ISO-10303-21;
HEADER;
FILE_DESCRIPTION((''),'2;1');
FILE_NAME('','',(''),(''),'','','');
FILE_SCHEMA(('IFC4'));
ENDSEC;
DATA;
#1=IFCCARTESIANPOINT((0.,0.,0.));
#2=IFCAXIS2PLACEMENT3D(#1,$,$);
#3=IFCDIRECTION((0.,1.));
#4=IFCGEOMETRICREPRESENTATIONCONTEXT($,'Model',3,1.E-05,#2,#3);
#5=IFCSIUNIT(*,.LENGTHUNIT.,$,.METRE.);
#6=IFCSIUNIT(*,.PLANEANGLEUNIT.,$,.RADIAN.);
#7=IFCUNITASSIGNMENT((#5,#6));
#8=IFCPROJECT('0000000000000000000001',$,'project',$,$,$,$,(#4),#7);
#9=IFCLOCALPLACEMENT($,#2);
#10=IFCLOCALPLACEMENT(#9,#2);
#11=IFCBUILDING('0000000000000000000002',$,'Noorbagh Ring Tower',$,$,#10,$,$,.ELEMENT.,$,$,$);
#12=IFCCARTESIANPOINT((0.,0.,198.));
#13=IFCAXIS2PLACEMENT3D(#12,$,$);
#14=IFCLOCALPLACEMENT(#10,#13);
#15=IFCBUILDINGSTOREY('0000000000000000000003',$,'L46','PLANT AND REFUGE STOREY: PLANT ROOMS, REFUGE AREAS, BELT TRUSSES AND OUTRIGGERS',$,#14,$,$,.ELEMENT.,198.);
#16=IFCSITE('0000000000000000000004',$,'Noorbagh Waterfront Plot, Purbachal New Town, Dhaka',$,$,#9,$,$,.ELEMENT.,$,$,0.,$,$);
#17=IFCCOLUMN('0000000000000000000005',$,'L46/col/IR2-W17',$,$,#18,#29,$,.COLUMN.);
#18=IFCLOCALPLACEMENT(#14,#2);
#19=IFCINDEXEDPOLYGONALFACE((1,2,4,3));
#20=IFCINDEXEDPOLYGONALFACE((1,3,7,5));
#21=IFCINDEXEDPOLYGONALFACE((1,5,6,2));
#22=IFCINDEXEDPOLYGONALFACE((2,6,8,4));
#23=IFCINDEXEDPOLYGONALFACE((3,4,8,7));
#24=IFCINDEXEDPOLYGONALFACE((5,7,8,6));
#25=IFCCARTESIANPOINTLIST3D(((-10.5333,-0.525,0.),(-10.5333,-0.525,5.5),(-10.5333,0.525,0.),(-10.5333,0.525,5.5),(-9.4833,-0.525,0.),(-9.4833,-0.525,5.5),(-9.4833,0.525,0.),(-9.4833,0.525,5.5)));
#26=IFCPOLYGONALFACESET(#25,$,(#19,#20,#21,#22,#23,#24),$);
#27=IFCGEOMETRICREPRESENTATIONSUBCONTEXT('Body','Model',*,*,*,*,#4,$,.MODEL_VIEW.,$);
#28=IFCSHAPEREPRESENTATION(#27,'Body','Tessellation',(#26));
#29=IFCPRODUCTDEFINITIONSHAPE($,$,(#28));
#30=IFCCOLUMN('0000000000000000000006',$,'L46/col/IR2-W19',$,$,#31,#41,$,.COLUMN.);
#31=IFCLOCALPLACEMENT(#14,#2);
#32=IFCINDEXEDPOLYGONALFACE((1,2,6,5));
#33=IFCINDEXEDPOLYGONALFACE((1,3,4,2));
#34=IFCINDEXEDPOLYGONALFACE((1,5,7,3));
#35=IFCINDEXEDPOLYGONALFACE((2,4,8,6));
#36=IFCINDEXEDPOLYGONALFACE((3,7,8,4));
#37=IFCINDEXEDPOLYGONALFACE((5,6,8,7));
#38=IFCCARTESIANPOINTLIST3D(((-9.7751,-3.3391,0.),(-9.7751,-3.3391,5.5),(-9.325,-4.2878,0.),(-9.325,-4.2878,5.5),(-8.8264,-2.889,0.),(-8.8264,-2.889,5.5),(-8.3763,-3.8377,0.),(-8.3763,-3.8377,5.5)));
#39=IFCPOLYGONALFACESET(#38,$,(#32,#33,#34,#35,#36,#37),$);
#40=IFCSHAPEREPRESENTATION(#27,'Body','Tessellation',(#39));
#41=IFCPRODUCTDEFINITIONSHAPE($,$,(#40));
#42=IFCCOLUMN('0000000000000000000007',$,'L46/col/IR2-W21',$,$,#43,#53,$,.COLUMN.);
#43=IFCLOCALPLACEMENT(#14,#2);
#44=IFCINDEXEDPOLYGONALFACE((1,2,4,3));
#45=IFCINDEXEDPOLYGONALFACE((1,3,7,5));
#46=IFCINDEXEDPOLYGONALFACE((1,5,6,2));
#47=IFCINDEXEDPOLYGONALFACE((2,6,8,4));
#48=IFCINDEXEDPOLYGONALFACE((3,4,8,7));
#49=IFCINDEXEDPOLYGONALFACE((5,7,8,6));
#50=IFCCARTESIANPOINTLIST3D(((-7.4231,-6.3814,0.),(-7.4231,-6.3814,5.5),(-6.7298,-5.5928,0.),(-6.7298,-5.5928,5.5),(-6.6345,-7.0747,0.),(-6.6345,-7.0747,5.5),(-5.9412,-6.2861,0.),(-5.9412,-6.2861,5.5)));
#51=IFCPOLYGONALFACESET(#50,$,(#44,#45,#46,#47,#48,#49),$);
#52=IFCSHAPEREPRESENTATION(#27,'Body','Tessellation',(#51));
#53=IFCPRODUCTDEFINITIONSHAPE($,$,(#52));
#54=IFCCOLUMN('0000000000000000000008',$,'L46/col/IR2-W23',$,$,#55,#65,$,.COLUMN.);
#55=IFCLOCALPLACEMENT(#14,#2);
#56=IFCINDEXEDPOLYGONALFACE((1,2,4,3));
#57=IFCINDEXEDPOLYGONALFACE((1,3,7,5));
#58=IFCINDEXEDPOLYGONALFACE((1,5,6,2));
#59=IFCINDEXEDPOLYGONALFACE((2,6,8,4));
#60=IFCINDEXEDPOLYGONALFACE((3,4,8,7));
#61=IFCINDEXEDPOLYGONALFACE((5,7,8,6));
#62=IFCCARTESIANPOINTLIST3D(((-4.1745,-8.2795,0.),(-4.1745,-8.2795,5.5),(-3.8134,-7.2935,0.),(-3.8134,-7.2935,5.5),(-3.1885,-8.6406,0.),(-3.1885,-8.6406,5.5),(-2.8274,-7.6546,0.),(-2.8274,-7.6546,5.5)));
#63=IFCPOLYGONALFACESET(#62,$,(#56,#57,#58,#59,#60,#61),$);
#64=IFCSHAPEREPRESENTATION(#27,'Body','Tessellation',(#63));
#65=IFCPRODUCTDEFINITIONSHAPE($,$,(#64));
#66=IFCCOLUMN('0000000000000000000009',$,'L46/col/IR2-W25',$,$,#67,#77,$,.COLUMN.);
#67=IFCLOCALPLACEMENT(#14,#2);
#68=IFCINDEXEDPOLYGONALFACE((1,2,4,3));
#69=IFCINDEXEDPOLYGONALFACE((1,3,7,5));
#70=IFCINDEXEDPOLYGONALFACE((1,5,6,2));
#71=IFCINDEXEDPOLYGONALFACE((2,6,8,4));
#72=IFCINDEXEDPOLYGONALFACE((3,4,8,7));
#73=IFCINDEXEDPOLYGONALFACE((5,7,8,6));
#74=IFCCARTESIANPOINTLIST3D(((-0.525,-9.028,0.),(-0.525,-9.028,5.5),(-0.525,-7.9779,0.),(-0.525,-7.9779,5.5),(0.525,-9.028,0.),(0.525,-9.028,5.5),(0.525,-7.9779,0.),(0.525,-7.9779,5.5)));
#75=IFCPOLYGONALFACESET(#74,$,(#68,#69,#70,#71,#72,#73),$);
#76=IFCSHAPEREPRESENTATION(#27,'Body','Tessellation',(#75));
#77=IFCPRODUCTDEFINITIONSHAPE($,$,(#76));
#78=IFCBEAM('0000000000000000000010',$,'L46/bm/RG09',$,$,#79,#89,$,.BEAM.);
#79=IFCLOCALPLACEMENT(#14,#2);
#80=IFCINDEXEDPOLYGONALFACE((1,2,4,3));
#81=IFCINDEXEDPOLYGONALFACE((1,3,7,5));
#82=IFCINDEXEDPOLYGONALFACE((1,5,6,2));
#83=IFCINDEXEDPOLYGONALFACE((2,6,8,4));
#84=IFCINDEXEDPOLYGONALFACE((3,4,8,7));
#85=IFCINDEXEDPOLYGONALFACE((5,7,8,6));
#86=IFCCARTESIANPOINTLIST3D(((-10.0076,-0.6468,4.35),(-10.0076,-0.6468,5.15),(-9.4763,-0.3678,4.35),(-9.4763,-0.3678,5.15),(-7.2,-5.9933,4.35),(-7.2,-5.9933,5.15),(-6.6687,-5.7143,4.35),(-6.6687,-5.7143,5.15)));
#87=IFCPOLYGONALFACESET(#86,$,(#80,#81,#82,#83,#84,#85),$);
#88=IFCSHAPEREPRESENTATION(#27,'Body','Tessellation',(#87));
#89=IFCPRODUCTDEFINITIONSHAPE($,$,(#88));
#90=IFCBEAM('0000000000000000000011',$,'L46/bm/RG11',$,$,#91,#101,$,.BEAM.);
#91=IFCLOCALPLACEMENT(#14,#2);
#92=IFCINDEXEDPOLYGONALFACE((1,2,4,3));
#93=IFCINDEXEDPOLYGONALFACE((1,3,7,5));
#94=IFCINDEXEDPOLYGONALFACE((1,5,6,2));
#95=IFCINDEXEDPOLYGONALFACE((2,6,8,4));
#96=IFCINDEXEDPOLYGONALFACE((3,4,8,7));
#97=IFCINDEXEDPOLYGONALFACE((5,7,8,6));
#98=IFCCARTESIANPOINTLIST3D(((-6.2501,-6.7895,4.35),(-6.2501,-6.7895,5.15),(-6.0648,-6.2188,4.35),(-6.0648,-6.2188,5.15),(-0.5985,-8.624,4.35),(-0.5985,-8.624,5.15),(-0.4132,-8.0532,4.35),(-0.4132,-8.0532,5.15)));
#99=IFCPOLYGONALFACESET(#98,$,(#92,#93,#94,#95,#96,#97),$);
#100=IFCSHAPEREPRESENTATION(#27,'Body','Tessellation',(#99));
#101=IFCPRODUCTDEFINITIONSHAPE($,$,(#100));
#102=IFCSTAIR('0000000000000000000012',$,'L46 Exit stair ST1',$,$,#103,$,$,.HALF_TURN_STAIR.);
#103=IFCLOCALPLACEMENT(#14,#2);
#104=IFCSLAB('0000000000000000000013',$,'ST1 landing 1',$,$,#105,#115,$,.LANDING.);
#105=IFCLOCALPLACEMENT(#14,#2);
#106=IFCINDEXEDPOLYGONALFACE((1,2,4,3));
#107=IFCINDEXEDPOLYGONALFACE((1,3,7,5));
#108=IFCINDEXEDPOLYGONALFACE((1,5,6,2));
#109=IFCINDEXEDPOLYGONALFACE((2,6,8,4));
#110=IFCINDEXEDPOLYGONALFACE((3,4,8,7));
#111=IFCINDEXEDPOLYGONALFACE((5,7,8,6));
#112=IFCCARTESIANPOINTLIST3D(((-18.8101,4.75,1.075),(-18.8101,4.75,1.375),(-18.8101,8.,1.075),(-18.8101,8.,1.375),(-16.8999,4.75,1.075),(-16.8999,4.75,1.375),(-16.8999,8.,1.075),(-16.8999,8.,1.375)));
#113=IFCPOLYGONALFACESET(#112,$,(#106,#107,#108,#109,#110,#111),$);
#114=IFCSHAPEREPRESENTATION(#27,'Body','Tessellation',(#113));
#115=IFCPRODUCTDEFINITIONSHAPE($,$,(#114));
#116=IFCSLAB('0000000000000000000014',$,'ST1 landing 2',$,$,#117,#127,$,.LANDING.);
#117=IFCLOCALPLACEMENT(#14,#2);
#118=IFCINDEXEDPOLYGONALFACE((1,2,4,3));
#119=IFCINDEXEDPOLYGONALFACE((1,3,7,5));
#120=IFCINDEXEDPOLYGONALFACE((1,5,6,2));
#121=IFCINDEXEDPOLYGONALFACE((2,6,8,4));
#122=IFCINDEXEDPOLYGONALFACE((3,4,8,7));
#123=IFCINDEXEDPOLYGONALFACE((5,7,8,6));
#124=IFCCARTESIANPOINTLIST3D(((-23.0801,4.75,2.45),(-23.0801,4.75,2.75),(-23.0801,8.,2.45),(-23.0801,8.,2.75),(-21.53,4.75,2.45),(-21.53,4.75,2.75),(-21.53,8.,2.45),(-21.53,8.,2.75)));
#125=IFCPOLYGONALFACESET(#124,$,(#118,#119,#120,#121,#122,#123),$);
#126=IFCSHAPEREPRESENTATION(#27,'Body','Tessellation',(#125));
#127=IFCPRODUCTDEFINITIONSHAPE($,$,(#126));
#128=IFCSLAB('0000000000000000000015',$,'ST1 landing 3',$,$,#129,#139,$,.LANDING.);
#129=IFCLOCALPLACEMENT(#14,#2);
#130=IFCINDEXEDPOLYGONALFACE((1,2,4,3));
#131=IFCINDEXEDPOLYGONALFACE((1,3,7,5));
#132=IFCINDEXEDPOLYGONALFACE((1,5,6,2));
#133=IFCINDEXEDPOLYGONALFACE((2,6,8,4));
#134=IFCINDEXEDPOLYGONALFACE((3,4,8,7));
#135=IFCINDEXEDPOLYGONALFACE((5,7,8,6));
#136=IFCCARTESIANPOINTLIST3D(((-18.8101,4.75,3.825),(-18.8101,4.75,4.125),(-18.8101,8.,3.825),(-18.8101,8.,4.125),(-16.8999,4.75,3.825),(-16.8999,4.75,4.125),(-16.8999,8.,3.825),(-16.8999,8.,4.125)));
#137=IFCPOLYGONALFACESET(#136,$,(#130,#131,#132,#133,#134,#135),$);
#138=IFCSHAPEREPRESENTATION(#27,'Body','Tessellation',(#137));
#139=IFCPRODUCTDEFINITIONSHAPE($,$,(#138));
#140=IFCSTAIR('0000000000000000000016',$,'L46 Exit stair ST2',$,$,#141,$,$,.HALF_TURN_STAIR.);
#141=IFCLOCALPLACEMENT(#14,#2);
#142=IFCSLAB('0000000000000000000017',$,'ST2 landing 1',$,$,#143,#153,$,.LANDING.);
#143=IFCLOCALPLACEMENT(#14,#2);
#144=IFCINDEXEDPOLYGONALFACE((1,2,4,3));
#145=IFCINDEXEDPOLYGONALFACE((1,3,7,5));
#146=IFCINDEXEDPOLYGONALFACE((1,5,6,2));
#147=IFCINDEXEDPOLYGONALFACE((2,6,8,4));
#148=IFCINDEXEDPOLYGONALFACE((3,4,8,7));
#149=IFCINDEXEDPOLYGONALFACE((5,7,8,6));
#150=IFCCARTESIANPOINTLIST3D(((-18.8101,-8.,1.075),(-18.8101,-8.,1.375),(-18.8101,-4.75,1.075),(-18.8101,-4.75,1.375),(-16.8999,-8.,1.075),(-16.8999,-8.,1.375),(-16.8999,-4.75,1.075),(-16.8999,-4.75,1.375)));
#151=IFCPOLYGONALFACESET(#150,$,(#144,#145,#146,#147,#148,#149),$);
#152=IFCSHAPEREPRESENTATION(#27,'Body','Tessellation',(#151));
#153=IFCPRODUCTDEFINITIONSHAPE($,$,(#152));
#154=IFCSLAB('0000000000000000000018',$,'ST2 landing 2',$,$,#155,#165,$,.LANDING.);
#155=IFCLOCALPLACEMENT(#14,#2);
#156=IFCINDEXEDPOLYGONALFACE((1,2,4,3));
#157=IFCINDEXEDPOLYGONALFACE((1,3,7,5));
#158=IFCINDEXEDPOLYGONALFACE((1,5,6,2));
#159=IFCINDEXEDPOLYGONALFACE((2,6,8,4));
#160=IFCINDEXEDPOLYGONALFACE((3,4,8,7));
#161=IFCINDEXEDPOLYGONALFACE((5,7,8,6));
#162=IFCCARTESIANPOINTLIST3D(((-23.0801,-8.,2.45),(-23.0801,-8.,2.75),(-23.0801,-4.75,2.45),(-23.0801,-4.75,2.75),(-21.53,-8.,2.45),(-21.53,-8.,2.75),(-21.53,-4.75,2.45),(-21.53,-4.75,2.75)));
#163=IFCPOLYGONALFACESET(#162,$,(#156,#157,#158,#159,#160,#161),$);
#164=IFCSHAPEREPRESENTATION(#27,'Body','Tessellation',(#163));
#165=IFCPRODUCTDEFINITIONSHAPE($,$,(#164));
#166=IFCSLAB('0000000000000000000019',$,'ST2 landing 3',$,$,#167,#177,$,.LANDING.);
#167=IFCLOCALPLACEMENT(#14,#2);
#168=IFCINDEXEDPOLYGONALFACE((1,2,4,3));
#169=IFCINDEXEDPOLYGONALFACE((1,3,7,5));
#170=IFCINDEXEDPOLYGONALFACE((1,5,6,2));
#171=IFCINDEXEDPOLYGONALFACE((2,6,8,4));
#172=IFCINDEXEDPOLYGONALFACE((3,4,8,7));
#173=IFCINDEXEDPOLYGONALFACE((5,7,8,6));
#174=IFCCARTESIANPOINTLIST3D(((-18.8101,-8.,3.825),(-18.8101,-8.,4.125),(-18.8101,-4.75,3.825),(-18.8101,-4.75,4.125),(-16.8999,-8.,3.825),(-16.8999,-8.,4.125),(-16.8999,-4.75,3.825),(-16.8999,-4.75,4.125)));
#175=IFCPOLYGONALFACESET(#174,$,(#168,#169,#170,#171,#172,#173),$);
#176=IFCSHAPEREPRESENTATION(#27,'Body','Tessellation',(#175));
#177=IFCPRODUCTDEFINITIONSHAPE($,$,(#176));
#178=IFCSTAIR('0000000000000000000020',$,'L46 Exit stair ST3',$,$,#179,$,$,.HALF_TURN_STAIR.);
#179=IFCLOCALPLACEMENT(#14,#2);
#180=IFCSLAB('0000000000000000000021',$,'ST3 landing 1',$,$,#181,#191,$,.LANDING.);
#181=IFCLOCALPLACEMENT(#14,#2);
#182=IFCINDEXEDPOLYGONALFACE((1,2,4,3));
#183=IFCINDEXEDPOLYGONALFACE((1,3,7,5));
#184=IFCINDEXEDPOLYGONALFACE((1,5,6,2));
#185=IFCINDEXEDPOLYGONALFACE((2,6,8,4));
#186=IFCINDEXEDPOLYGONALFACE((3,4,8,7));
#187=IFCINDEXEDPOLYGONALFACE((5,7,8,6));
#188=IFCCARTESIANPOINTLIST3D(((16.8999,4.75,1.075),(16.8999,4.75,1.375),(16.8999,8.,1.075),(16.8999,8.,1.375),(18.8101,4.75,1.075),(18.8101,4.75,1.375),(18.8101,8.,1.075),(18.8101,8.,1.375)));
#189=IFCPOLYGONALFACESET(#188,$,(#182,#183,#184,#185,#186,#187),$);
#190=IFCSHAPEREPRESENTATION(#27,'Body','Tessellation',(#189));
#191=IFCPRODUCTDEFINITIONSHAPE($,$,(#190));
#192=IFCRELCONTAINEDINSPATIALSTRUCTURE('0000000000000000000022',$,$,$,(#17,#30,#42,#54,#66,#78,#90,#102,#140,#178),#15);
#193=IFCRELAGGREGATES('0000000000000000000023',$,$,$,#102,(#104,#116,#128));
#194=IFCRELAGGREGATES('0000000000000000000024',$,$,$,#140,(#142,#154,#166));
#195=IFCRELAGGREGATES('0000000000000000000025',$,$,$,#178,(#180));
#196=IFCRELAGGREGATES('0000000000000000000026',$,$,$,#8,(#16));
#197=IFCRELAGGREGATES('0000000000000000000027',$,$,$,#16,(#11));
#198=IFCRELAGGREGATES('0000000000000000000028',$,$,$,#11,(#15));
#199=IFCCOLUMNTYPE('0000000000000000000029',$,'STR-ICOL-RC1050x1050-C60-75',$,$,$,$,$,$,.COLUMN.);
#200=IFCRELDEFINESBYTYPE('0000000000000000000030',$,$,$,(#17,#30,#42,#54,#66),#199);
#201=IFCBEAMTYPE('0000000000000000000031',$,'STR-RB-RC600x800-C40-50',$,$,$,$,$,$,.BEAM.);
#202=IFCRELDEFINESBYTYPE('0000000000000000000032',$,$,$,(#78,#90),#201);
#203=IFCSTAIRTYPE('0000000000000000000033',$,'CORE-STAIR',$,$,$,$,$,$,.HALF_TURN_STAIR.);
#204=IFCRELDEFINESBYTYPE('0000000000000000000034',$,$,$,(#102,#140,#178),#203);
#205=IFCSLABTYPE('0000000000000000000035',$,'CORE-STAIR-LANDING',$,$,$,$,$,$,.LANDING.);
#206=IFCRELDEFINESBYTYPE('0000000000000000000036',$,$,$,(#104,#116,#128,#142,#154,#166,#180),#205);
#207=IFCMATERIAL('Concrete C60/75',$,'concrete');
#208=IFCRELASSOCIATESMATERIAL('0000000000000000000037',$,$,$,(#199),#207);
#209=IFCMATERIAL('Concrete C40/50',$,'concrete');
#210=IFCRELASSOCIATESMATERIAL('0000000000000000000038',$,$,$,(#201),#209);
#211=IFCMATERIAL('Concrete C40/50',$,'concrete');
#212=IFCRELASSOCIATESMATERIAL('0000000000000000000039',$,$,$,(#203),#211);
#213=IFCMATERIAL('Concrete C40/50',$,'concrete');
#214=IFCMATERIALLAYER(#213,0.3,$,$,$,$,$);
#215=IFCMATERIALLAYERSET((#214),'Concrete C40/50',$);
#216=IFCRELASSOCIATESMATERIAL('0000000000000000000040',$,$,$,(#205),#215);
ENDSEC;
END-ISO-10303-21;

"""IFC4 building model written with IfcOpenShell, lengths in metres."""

from ifc_helpers import new_model, si_unit, direction, frame, origin, origin_2d, place, context, subcontext, project, spatial, polyline, rectangle, outline, extrude, material, layer, layer_set, material_profile, profile_set, type_object, element, aggregate, save


model = new_model("IFC4")

# Units and contexts
model_context = context("Model", 3, precision=1e-05, world=origin(), true_north=direction((0.0, 1.0)))
body_context = subcontext(model_context, "Body", "Model", "MODEL_VIEW")
ifc_project = project(units=[si_unit("LENGTHUNIT", "METRE"), si_unit("PLANEANGLEUNIT", "RADIAN")], contexts=[model_context])

# Site, building, storey
site_placement = place(None, origin())
site = spatial("IfcSite", under=ifc_project, at=site_placement, Name="Noorbagh Waterfront Plot, Purbachal New Town, Dhaka", CompositionType="ELEMENT", RefElevation=0.0)
building_placement = place(site_placement, origin())
building = spatial("IfcBuilding", under=site, at=building_placement, Name="Noorbagh Ring Tower", CompositionType="ELEMENT")
storey_placement = place(building_placement, frame((0.0, 0.0, 198.0)))
storey = spatial("IfcBuildingStorey", under=building, at=storey_placement, Name="L46", Description="PLANT AND REFUGE STOREY: PLANT ROOMS, REFUGE AREAS, BELT TRUSSES AND OUTRIGGERS", CompositionType="ELEMENT", Elevation=198.0)

# Columns
ifc_material_1 = material(Name="Concrete C60/75", Category="concrete")
ifc_material_profile_1 = material_profile(ifc_material_1, rectangle(XDim=1.05, YDim=1.05, at=origin_2d()), Name="RC1050x1050")
ifc_profile_set_1 = profile_set([ifc_material_profile_1], Name="Concrete C60/75")
column_type = type_object("IfcColumnType", Name="STR-ICOL-RC1050x1050-C60-75", PredefinedType="COLUMN", material=ifc_profile_set_1)
for number, where, z_axis, x_axis, name in (
    (1, (-10.0083, 0.0, 0.0), (0.0, 0.0, 1.0), (0.0, -1.0, 0.0), "L46/col/IR2-W17"),
    (2, (-9.0757, -3.5884, 0.0), (0.0, 0.0, 1.0), (0.428667, -0.903463, 0.0), "L46/col/IR2-W19"),
    (3, (-6.6821, -6.3337, 0.0), (0.0, 0.0, 1.0), (0.751022, -0.660277, 0.0), "L46/col/IR2-W21"),
    (4, (-3.501, -7.967, 0.0), (0.0, 0.0, 1.0), (0.93902, -0.343864, 0.0), "L46/col/IR2-W23"),
    (5, (0.0, -8.5029, 0.0), (0.0, 0.0, 1.0), (1.0, 0.0, 0.0), "L46/col/IR2-W25"),
):
    element("IfcColumn", number, at=place(storey_placement, frame(where, z_axis=z_axis, x_axis=x_axis)), inside=storey, type_object=column_type, Name=name, PredefinedType="COLUMN", context=body_context, shape_type="SweptSolid", body=[
        extrude(rectangle(XDim=1.05, YDim=1.05, at=origin_2d()), origin(), (0.0, 0.0, 1.0), 5.5),
    ])

# Beams
ifc_material_2 = material(Name="Concrete C40/50", Category="concrete")
ifc_material_profile_2 = material_profile(ifc_material_2, rectangle(XDim=0.6001, YDim=0.8, at=origin_2d()), Name="RC600x800")
ifc_profile_set_2 = profile_set([ifc_material_profile_2], Name="Concrete C40/50")
beam_type = type_object("IfcBeamType", Name="STR-RB-RC600x800-C40-50", PredefinedType="BEAM", material=ifc_profile_set_2)
beam_1_placement = place(storey_placement, frame((-9.7419, -0.5073, 4.75), z_axis=(0.46493, -0.885348, 0.0), x_axis=(0.885348, 0.46493, 0.0)))
element("IfcBeam", 6, at=beam_1_placement, inside=storey, type_object=beam_type, Name="L46/bm/RG09", PredefinedType="BEAM", context=body_context, shape_type="SweptSolid", body=[
    extrude(rectangle(XDim=0.6001, YDim=0.8, at=origin_2d()), origin(), (0.0, 0.0, 1.0), 6.0388),
])
beam_2_placement = place(storey_placement, frame((-6.1575, -6.5042, 4.75), z_axis=(0.951148, -0.308736, 0.0), x_axis=(0.308736, 0.951148, 0.0)))
element("IfcBeam", 7, at=beam_2_placement, inside=storey, type_object=beam_type, Name="L46/bm/RG11", PredefinedType="BEAM", context=body_context, shape_type="SweptSolid", body=[
    extrude(rectangle(XDim=0.6001, YDim=0.8, at=origin_2d()), origin(), (0.0, 0.0, 1.0), 5.9419),
])

# Stairs, slabs
ifc_material_3 = material(Name="Concrete C40/50", Category="concrete")
stair_type = type_object("IfcStairType", Name="CORE-STAIR", PredefinedType="HALF_TURN_STAIR", material=ifc_material_3)
stair_1_placement = place(storey_placement, origin())
stair_1 = element("IfcStair", 8, at=stair_1_placement, inside=storey, type_object=stair_type, Name="L46 Exit stair ST1", PredefinedType="HALF_TURN_STAIR")
ifc_material_4 = material(Name="Concrete C40/50", Category="concrete")
ifc_layer_1 = layer(ifc_material_4, 0.3)
ifc_layer_set_1 = layer_set([ifc_layer_1], Name="Concrete C40/50")
slab_type_1 = type_object("IfcSlabType", Name="CORE-STAIR-LANDING", PredefinedType="LANDING", material=ifc_layer_set_1)
slab_1_placement = place(storey_placement, frame((0.0, 0.0, 1.075)))
slab_1 = element("IfcSlab", 9, at=slab_1_placement, type_object=slab_type_1, Name="ST1 landing 1", PredefinedType="LANDING", context=body_context, shape_type="SweptSolid", body=[
    extrude(outline(polyline([(-18.8101, 4.75), (-16.8999, 4.75), (-16.8999, 8.0), (-18.8101, 8.0), (-18.8101, 4.75)])), origin(), (0.0, 0.0, 1.0), 0.3),
])
slab_2_placement = place(storey_placement, frame((0.0, 0.0, 2.45)))
slab_2 = element("IfcSlab", 10, at=slab_2_placement, type_object=slab_type_1, Name="ST1 landing 2", PredefinedType="LANDING", context=body_context, shape_type="SweptSolid", body=[
    extrude(outline(polyline([(-23.0801, 4.75), (-21.53, 4.75), (-21.53, 8.0), (-23.0801, 8.0), (-23.0801, 4.75)])), origin(), (0.0, 0.0, 1.0), 0.3),
])
slab_3_placement = place(storey_placement, frame((0.0, 0.0, 3.825)))
slab_3 = element("IfcSlab", 11, at=slab_3_placement, type_object=slab_type_1, Name="ST1 landing 3", PredefinedType="LANDING", context=body_context, shape_type="SweptSolid", body=[
    extrude(outline(polyline([(-18.8101, 4.75), (-16.8999, 4.75), (-16.8999, 8.0), (-18.8101, 8.0), (-18.8101, 4.75)])), origin(), (0.0, 0.0, 1.0), 0.3),
])
aggregate(stair_1, [slab_1, slab_2, slab_3])
stair_2_placement = place(storey_placement, origin())
stair_2 = element("IfcStair", 12, at=stair_2_placement, inside=storey, type_object=stair_type, Name="L46 Exit stair ST2", PredefinedType="HALF_TURN_STAIR")
slab_4_placement = place(storey_placement, frame((0.0, 0.0, 1.075)))
slab_4 = element("IfcSlab", 13, at=slab_4_placement, type_object=slab_type_1, Name="ST2 landing 1", PredefinedType="LANDING", context=body_context, shape_type="SweptSolid", body=[
    extrude(outline(polyline([(-18.8101, -8.0), (-16.8999, -8.0), (-16.8999, -4.75), (-18.8101, -4.75), (-18.8101, -8.0)])), origin(), (0.0, 0.0, 1.0), 0.3),
])
slab_5_placement = place(storey_placement, frame((0.0, 0.0, 2.45)))
slab_5 = element("IfcSlab", 14, at=slab_5_placement, type_object=slab_type_1, Name="ST2 landing 2", PredefinedType="LANDING", context=body_context, shape_type="SweptSolid", body=[
    extrude(outline(polyline([(-23.0801, -8.0), (-21.53, -8.0), (-21.53, -4.75), (-23.0801, -4.75), (-23.0801, -8.0)])), origin(), (0.0, 0.0, 1.0), 0.3),
])
slab_6_placement = place(storey_placement, frame((0.0, 0.0, 3.825)))
slab_6 = element("IfcSlab", 15, at=slab_6_placement, type_object=slab_type_1, Name="ST2 landing 3", PredefinedType="LANDING", context=body_context, shape_type="SweptSolid", body=[
    extrude(outline(polyline([(-18.8101, -8.0), (-16.8999, -8.0), (-16.8999, -4.75), (-18.8101, -4.75), (-18.8101, -8.0)])), origin(), (0.0, 0.0, 1.0), 0.3),
])
aggregate(stair_2, [slab_4, slab_5, slab_6])

# Stair, slab
stair_3_placement = place(storey_placement, origin())
stair_3 = element("IfcStair", 16, at=stair_3_placement, inside=storey, type_object=stair_type, Name="L46 Exit stair ST3", PredefinedType="HALF_TURN_STAIR")
slab_7_placement = place(storey_placement, frame((0.0, 0.0, 1.075)))
slab_7 = element("IfcSlab", 17, at=slab_7_placement, type_object=slab_type_1, Name="ST3 landing 1", PredefinedType="LANDING", context=body_context, shape_type="SweptSolid", body=[
    extrude(outline(polyline([(18.8101, 8.0), (16.8999, 8.0), (16.8999, 4.75), (18.8101, 4.75), (18.8101, 8.0)])), origin(), (0.0, 0.0, 1.0), 0.3),
])
aggregate(stair_3, [slab_7])

save(model, "model.ifc")
